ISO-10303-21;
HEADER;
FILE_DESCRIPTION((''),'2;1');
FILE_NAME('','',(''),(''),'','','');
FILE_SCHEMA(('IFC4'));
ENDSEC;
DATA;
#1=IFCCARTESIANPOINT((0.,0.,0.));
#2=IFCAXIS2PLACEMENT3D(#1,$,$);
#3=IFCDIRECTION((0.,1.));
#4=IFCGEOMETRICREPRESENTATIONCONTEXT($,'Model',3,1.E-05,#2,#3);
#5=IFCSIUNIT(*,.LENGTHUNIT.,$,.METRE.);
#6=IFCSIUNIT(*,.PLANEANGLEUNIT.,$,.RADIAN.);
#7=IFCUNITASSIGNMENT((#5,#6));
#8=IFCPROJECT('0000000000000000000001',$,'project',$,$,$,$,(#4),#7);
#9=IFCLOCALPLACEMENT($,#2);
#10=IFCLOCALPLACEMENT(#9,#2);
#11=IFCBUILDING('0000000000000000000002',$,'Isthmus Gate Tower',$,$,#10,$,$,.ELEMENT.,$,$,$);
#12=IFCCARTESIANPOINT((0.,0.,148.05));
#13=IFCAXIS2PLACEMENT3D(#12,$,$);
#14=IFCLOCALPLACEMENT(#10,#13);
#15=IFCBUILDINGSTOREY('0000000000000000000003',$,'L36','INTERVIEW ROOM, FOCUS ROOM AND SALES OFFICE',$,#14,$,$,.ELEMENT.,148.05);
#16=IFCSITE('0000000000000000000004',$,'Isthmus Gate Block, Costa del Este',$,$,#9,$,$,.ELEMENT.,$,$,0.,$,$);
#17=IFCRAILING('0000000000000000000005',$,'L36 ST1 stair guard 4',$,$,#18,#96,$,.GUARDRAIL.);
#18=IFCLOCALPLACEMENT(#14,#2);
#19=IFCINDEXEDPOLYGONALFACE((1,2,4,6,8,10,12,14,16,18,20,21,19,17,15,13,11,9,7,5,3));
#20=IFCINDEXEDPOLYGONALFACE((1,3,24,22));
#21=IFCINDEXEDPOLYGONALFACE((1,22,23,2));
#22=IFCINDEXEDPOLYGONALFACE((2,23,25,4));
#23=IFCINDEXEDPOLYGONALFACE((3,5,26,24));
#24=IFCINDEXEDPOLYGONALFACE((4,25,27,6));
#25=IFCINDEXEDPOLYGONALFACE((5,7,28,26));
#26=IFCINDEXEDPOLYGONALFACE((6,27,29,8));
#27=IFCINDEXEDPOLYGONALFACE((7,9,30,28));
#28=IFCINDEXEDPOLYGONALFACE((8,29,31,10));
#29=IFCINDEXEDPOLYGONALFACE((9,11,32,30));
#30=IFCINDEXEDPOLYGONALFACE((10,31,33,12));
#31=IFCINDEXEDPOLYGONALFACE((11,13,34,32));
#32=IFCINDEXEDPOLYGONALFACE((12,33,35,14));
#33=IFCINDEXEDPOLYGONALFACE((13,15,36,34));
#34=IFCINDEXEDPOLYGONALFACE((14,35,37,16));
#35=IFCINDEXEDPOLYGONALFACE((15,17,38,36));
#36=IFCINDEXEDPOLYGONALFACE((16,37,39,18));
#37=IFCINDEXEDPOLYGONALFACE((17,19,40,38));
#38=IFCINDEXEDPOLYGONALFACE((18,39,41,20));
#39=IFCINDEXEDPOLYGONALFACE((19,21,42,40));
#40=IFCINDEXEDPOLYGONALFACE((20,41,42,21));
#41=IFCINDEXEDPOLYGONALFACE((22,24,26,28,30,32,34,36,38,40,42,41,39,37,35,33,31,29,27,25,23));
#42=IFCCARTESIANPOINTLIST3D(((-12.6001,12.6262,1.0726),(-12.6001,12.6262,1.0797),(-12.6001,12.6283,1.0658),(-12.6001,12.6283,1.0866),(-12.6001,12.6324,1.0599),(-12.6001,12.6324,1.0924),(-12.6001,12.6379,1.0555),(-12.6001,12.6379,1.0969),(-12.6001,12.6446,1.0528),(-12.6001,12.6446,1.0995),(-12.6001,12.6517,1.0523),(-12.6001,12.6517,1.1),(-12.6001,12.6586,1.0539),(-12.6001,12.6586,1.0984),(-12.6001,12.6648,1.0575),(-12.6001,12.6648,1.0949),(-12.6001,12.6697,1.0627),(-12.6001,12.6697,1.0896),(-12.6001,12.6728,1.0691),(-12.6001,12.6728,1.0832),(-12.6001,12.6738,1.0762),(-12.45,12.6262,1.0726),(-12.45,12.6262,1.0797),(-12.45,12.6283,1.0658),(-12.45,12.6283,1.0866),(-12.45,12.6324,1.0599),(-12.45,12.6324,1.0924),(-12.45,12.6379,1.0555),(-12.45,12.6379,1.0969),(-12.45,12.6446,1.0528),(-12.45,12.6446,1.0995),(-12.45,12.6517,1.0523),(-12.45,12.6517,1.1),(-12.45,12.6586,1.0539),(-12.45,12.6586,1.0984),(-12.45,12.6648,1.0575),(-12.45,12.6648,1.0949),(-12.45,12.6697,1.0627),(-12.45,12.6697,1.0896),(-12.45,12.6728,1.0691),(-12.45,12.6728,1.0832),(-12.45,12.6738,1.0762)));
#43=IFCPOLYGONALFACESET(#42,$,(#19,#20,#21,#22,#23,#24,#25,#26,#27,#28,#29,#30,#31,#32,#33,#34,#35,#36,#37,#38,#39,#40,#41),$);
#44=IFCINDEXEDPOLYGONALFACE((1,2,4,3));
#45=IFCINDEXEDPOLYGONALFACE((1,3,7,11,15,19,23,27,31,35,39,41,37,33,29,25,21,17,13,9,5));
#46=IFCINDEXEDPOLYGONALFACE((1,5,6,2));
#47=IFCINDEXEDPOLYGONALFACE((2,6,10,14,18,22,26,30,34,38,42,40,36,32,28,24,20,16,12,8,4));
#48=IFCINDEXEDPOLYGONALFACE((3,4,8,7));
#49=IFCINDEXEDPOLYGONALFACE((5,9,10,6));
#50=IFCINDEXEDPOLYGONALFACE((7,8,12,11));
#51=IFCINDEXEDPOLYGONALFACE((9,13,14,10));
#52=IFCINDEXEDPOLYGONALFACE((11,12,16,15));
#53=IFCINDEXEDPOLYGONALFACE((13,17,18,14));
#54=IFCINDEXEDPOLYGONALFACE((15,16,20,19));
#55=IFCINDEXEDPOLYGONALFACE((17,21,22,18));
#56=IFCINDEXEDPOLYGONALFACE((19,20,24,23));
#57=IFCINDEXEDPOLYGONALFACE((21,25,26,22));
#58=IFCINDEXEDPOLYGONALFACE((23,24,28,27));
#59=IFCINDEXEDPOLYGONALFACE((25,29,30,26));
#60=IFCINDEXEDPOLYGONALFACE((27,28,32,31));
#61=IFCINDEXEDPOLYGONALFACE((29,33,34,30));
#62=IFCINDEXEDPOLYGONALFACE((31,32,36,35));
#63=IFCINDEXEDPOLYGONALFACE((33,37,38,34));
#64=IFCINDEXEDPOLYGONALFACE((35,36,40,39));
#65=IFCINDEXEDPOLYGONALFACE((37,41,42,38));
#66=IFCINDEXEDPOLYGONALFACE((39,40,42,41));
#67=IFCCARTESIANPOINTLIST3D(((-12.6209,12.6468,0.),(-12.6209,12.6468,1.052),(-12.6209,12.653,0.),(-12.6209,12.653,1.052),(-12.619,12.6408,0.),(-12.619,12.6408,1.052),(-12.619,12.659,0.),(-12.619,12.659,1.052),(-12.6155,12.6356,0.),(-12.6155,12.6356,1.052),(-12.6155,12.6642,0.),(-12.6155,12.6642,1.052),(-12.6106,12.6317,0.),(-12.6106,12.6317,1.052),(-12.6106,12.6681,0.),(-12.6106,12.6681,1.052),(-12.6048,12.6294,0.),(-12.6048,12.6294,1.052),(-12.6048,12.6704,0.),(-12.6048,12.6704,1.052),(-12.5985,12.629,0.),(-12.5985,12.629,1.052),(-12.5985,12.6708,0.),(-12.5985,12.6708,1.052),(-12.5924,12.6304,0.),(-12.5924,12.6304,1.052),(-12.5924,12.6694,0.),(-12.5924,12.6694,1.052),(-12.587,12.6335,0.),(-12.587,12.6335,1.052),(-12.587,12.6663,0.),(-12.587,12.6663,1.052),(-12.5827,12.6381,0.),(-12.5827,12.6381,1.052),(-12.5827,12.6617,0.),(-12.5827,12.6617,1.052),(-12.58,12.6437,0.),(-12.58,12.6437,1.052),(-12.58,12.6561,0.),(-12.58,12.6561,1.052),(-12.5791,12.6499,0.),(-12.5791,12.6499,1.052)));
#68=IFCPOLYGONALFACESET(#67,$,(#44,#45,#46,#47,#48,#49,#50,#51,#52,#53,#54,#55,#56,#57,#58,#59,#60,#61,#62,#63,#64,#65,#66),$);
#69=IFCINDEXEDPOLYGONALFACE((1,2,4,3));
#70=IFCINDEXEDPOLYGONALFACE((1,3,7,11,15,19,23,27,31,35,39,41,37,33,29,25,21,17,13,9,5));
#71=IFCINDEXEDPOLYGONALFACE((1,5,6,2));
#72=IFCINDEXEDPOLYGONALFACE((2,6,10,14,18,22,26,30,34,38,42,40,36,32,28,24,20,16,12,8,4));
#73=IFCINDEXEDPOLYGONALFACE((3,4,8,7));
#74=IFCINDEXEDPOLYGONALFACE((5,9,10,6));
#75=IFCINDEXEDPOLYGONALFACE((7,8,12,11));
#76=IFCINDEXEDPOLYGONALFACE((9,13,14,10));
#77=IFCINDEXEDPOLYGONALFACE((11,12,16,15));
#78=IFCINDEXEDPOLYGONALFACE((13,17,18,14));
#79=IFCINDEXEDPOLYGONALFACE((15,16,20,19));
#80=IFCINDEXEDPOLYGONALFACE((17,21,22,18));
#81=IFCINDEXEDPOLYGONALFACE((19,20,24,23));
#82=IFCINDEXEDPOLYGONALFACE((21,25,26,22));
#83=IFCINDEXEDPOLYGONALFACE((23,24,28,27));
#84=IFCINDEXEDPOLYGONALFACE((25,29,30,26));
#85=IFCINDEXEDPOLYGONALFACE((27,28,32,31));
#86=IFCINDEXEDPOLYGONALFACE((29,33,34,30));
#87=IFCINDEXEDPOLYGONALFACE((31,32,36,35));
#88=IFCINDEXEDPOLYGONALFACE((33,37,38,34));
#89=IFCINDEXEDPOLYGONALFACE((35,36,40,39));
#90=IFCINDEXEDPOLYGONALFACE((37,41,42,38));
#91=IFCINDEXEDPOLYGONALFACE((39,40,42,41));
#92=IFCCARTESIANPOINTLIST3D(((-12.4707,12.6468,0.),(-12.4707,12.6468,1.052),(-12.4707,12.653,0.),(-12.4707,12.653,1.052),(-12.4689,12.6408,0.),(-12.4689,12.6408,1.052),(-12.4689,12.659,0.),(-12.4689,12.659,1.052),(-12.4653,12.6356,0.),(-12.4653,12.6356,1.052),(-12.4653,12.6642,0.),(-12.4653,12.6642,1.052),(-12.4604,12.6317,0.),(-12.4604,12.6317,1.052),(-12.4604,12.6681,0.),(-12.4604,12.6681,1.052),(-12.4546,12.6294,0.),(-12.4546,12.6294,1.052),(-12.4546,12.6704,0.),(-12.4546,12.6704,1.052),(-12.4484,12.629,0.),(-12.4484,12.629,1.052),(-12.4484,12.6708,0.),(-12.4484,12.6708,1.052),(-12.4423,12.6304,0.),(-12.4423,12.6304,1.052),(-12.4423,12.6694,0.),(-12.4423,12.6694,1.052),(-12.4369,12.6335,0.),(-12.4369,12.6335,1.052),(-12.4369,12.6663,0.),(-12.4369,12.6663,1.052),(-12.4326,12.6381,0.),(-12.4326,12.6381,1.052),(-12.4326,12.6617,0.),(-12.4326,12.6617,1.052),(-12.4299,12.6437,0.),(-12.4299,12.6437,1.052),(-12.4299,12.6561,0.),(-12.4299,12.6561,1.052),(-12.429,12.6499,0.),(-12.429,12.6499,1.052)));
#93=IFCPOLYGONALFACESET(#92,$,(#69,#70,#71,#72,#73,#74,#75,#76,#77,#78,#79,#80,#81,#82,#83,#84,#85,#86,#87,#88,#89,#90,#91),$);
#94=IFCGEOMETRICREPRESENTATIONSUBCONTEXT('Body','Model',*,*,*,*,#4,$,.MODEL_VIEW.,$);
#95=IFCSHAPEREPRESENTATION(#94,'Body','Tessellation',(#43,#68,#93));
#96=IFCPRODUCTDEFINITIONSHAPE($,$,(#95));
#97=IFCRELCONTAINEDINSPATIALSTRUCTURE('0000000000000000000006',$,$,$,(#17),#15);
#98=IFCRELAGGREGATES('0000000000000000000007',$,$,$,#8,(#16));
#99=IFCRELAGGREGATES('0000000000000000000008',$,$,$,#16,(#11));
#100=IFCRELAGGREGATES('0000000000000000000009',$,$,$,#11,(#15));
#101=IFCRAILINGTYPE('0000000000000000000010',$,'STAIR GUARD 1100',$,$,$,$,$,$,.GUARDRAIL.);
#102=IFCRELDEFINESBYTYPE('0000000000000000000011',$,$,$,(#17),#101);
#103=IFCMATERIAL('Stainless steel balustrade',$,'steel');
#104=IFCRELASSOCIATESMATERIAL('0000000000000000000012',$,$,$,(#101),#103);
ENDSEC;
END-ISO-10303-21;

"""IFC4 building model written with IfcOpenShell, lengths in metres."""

from ifc_helpers import new_model, si_unit, direction, frame, origin, origin_2d, place, context, subcontext, project, spatial, circle, extrude, material, type_object, element, save


model = new_model("IFC4")

# Units and contexts
model_context = context("Model", 3, precision=1e-05, world=origin(), true_north=direction((0.0, 1.0)))
body_context = subcontext(model_context, "Body", "Model", "MODEL_VIEW")
ifc_project = project(units=[si_unit("LENGTHUNIT", "METRE"), si_unit("PLANEANGLEUNIT", "RADIAN")], contexts=[model_context])

# Site, building, storey
site_placement = place(None, origin())
site = spatial("IfcSite", under=ifc_project, at=site_placement, Name="Isthmus Gate Block, Costa del Este", CompositionType="ELEMENT", RefElevation=0.0)
building_placement = place(site_placement, origin())
building = spatial("IfcBuilding", under=site, at=building_placement, Name="Isthmus Gate Tower", CompositionType="ELEMENT")
storey_placement = place(building_placement, frame((0.0, 0.0, 148.05)))
storey = spatial("IfcBuildingStorey", under=building, at=storey_placement, Name="L36", Description="INTERVIEW ROOM, FOCUS ROOM AND SALES OFFICE", CompositionType="ELEMENT", Elevation=148.05)

# Railing
ifc_material_1 = material(Name="Stainless steel balustrade", Category="steel")
railing_type_1 = type_object("IfcRailingType", Name="STAIR GUARD 1100", PredefinedType="GUARDRAIL", material=ifc_material_1)
railing_1_placement = place(storey_placement, frame((-12.6001, 12.6499, 0.0)))
element("IfcRailing", 1, at=railing_1_placement, inside=storey, type_object=railing_type_1, Name="L36 ST1 stair guard 4", PredefinedType="GUARDRAIL", context=body_context, shape_type="SweptSolid", body=[
    extrude(circle(Radius=0.0239, at=origin_2d()), frame((0.0, 0.0, 1.0762), z_axis=(1.0, 0.0, 0.0), x_axis=(0.0, 1.0, 0.0)), (0.0, 0.0, 1.0), 0.1501),
    extrude(circle(Radius=0.021, at=origin_2d()), origin(), (0.0, 0.0, 1.0), 1.052),
    extrude(circle(Radius=0.021, at=origin_2d()), frame((0.1501, 0.0, 0.0)), (0.0, 0.0, 1.0), 1.052),
])

save(model, "model.ifc")
